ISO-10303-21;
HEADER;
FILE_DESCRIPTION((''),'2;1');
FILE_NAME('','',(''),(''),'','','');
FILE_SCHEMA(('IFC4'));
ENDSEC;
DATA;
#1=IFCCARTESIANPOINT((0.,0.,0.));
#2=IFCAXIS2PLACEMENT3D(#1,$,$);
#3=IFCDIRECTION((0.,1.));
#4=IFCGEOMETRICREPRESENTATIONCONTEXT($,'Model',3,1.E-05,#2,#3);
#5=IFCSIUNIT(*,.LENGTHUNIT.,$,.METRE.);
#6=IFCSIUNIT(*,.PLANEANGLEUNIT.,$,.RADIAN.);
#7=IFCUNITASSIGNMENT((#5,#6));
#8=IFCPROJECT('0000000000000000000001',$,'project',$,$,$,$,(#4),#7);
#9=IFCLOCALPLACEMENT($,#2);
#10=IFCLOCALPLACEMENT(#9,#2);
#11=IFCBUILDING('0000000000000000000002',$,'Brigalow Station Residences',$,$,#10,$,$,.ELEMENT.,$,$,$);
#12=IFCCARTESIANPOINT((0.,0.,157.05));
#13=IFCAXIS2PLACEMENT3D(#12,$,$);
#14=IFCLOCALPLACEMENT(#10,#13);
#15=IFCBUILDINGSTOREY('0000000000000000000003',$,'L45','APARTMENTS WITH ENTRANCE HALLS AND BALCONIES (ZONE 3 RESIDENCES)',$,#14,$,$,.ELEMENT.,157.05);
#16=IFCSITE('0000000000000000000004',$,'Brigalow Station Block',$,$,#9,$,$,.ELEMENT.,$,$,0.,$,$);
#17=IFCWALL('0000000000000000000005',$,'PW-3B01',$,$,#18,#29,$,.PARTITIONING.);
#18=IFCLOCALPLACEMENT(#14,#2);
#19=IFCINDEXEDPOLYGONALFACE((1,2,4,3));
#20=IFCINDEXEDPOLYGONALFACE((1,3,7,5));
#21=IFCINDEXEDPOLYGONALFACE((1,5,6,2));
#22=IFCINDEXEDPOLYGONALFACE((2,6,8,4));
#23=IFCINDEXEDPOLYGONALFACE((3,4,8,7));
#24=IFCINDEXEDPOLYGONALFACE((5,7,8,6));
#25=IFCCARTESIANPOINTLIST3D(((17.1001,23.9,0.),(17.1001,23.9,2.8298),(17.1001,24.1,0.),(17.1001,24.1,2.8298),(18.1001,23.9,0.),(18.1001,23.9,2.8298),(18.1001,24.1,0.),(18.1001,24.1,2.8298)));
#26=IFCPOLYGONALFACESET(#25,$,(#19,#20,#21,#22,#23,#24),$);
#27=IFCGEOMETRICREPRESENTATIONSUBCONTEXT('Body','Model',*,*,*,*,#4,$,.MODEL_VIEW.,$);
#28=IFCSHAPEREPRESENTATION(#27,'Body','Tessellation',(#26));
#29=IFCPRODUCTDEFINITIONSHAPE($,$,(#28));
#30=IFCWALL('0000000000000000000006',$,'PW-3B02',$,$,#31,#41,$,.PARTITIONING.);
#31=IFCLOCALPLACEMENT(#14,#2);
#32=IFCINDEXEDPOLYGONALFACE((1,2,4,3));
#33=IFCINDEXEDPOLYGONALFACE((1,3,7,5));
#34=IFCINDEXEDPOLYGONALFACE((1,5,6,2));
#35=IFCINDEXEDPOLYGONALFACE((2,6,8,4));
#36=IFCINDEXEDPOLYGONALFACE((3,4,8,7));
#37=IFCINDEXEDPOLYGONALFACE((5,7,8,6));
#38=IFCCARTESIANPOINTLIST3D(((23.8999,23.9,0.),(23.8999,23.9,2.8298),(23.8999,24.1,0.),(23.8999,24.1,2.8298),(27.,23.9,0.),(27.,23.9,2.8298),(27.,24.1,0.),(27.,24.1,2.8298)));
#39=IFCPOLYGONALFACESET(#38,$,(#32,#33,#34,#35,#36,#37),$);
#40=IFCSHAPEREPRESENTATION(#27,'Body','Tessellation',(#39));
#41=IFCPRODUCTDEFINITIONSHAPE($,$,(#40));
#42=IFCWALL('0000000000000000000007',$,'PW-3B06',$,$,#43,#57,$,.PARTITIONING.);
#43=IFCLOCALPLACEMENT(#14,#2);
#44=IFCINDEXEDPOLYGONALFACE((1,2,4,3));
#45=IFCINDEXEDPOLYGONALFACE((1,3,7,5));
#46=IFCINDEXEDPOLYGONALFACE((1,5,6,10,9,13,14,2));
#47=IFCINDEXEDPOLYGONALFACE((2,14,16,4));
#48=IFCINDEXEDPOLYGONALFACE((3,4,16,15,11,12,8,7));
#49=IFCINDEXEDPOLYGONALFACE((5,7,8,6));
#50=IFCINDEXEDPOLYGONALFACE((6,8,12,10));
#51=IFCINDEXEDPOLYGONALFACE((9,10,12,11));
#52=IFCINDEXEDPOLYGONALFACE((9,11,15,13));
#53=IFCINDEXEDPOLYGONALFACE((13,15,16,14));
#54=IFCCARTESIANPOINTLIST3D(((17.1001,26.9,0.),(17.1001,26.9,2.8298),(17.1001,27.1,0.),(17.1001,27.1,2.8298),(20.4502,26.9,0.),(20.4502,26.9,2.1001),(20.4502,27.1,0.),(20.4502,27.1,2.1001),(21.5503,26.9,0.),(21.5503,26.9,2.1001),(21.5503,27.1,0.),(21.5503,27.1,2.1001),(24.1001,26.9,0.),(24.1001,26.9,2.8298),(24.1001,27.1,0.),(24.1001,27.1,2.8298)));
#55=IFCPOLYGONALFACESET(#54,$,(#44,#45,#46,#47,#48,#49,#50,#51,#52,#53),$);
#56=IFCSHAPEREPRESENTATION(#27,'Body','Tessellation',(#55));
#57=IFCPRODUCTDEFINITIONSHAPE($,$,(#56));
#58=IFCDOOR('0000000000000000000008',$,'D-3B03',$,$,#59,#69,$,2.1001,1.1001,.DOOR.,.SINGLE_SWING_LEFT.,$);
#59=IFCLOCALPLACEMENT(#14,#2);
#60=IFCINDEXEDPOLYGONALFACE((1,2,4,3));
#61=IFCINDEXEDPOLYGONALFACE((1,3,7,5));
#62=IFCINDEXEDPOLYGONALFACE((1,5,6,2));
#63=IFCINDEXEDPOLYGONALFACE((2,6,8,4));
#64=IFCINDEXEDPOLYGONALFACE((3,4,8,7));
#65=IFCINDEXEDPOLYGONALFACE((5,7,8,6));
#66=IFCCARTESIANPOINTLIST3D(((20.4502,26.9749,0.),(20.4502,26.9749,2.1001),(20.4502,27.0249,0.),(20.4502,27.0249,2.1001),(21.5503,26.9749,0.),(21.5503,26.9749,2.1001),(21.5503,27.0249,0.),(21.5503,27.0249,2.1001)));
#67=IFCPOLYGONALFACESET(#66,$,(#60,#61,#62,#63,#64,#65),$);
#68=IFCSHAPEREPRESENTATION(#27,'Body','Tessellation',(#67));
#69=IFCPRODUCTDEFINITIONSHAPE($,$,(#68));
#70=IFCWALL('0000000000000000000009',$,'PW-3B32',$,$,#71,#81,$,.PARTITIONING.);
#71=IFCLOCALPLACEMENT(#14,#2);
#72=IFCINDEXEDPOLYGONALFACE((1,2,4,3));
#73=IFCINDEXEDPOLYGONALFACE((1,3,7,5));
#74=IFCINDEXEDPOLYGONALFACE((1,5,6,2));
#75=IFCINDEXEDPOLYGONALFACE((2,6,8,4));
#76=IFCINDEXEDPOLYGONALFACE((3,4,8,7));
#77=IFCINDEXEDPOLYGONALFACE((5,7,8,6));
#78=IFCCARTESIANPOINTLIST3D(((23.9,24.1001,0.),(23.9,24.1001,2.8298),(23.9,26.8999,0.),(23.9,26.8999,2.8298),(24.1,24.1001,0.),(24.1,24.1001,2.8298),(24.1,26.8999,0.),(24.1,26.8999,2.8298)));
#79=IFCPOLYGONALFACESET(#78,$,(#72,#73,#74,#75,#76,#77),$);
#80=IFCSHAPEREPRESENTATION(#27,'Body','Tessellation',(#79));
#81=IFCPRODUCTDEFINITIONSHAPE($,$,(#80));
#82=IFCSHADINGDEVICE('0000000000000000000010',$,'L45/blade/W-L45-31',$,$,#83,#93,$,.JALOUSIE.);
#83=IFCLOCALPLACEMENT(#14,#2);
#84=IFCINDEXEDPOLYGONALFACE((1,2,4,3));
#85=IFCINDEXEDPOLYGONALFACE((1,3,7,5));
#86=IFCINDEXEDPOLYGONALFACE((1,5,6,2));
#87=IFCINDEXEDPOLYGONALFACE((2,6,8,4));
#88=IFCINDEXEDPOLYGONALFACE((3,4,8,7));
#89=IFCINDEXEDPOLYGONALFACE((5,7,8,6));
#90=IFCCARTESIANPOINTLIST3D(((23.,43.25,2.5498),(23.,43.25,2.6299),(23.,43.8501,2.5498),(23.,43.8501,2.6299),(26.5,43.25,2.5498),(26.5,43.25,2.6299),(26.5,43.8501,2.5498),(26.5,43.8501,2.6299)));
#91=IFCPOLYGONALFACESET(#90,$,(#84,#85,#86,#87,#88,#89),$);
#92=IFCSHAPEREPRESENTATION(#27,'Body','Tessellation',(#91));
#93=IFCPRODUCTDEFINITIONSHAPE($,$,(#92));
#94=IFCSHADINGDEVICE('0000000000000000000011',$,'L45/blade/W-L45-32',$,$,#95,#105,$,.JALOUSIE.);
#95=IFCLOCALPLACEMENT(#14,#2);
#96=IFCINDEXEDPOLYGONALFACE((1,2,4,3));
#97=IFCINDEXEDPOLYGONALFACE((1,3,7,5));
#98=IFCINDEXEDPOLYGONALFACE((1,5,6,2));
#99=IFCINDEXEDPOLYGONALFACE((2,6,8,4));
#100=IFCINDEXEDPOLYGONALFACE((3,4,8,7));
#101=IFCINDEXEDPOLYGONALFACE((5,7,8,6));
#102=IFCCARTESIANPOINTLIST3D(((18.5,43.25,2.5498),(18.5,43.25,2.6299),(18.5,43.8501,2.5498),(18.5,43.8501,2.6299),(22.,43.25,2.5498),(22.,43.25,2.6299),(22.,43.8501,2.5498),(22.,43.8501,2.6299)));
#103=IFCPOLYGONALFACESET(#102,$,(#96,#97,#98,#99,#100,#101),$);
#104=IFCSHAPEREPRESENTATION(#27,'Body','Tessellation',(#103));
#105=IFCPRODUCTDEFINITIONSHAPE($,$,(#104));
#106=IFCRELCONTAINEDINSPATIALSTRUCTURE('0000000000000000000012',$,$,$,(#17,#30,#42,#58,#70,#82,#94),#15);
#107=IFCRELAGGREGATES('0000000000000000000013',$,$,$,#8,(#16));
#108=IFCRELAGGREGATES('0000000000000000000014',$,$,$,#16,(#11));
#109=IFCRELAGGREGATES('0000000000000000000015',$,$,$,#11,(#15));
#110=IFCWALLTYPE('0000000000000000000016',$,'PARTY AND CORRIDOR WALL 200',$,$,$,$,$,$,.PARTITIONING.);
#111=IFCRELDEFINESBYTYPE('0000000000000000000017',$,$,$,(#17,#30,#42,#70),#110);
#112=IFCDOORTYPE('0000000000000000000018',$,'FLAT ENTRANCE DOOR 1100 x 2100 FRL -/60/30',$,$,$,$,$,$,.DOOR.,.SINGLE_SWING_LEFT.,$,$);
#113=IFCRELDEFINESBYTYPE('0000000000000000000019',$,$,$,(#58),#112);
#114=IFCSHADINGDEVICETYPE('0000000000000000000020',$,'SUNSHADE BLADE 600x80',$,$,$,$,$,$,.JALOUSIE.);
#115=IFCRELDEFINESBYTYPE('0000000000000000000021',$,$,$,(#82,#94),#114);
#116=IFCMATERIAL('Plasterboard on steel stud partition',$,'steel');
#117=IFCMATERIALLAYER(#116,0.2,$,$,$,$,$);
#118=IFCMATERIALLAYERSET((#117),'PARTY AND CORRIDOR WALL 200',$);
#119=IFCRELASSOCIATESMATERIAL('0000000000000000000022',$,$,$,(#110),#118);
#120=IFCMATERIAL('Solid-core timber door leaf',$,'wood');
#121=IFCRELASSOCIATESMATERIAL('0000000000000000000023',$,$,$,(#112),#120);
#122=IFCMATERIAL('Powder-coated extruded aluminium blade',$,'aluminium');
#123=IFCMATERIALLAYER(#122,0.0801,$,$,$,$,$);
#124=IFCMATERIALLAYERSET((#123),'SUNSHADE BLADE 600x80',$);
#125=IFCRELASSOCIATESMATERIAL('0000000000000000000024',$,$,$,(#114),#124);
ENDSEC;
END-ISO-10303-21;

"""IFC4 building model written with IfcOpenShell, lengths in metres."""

from ifc_helpers import new_model, si_unit, direction, frame, frame_2d, origin, origin_2d, place, context, subcontext, project, spatial, rectangle, extrude, material, layer, layer_set, type_object, element, fill, save


model = new_model("IFC4")

# Units and contexts
model_context = context("Model", 3, precision=1e-05, world=origin(), true_north=direction((0.0, 1.0)))
body_context = subcontext(model_context, "Body", "Model", "MODEL_VIEW")
ifc_project = project(units=[si_unit("LENGTHUNIT", "METRE"), si_unit("PLANEANGLEUNIT", "RADIAN")], contexts=[model_context])

# Site, building, storey
site_placement = place(None, origin())
site = spatial("IfcSite", under=ifc_project, at=site_placement, Name="Brigalow Station Block", CompositionType="ELEMENT", RefElevation=0.0)
building_placement = place(site_placement, origin())
building = spatial("IfcBuilding", under=site, at=building_placement, Name="Brigalow Station Residences", CompositionType="ELEMENT")
storey_placement = place(building_placement, frame((0.0, 0.0, 157.05)))
storey = spatial("IfcBuildingStorey", under=building, at=storey_placement, Name="L45", Description="APARTMENTS WITH ENTRANCE HALLS AND BALCONIES (ZONE 3 RESIDENCES)", CompositionType="ELEMENT", Elevation=157.05)

# Walls
ifc_material_1 = material(Name="Plasterboard on steel stud partition", Category="steel")
ifc_layer_1 = layer(ifc_material_1, 0.2)
ifc_layer_set_1 = layer_set([ifc_layer_1], Name="PARTY AND CORRIDOR WALL 200")
wall_type_1 = type_object("IfcWallType", Name="PARTY AND CORRIDOR WALL 200", PredefinedType="PARTITIONING", material=ifc_layer_set_1)
wall_1_placement = place(storey_placement, frame((17.1001, 24.0, 0.0), z_axis=(0.0, 0.0, 1.0), x_axis=(1.0, 0.0, 0.0)))
element("IfcWall", 1, at=wall_1_placement, inside=storey, type_object=wall_type_1, Name="PW-3B01", PredefinedType="PARTITIONING", context=body_context, shape_type="SweptSolid", body=[
    extrude(rectangle(XDim=1.0, YDim=0.2, at=frame_2d((0.5, 0.0))), origin(), (0.0, 0.0, 1.0), 2.8298),
])
wall_2_placement = place(storey_placement, frame((23.8999, 24.0, 0.0), z_axis=(0.0, 0.0, 1.0), x_axis=(1.0, 0.0, 0.0)))
element("IfcWall", 2, at=wall_2_placement, inside=storey, type_object=wall_type_1, Name="PW-3B02", PredefinedType="PARTITIONING", context=body_context, shape_type="SweptSolid", body=[
    extrude(rectangle(XDim=3.1001, YDim=0.2, at=frame_2d((1.55, 0.0))), origin(), (0.0, 0.0, 1.0), 2.8298),
])

# Wall, opening, door
wall_3_placement = place(storey_placement, frame((17.1001, 27.0, 0.0), z_axis=(0.0, 0.0, 1.0), x_axis=(1.0, 0.0, 0.0)))
wall_3 = element("IfcWall", 3, at=wall_3_placement, inside=storey, type_object=wall_type_1, Name="PW-3B06", PredefinedType="PARTITIONING", context=body_context, shape_type="SweptSolid", body=[
    extrude(rectangle(XDim=7.0, YDim=0.2, at=frame_2d((3.5, 0.0))), origin(), (0.0, 0.0, 1.0), 2.8298),
])
opening_1_placement = place(wall_3_placement, frame((3.3501, 0.0, 0.0)))
opening_1 = element("IfcOpeningElement", 4, at=opening_1_placement, cuts=wall_3, PredefinedType="OPENING", context=body_context, shape_type="SweptSolid", body=[
    extrude(rectangle(XDim=1.1001, YDim=2.1001, at=frame_2d((0.55, 1.05))), frame((0.0, 0.1099, 0.0), z_axis=(0.0, -1.0, 0.0), x_axis=(1.0, 0.0, 0.0)), (0.0, 0.0, 1.0), 0.22),
])
ifc_material_2 = material(Name="Solid-core timber door leaf", Category="wood")
door_type_1 = type_object("IfcDoorType", Name="FLAT ENTRANCE DOOR 1100 x 2100 FRL -/60/30", OperationType="SINGLE_SWING_LEFT", PredefinedType="DOOR", material=ifc_material_2)
door_1_placement = place(opening_1_placement, origin())
door_1 = element("IfcDoor", 5, at=door_1_placement, inside=storey, type_object=door_type_1, Name="D-3B03", OperationType="SINGLE_SWING_LEFT", OverallHeight=2.1001, OverallWidth=1.1001, PredefinedType="DOOR", context=body_context, shape_type="SweptSolid", body=[
    extrude(rectangle(XDim=1.1001, YDim=2.1001, at=frame_2d((0.55, 1.05))), frame((0.0, 0.0249, 0.0), z_axis=(0.0, -1.0, 0.0), x_axis=(1.0, 0.0, 0.0)), (0.0, 0.0, 1.0), 0.05),
])
fill(opening_1, door_1)

# Wall
wall_4_placement = place(storey_placement, frame((24.0, 24.1001, 0.0), z_axis=(0.0, 0.0, 1.0), x_axis=(0.0, 1.0, 0.0)))
element("IfcWall", 6, at=wall_4_placement, inside=storey, type_object=wall_type_1, Name="PW-3B32", PredefinedType="PARTITIONING", context=body_context, shape_type="SweptSolid", body=[
    extrude(rectangle(XDim=2.7998, YDim=0.2, at=frame_2d((1.3999, 0.0))), origin(), (0.0, 0.0, 1.0), 2.8298),
])

# Shading devices
ifc_material_3 = material(Name="Powder-coated extruded aluminium blade", Category="aluminium")
ifc_layer_2 = layer(ifc_material_3, 0.0801)
ifc_layer_set_2 = layer_set([ifc_layer_2], Name="SUNSHADE BLADE 600x80")
shading_device_type = type_object("IfcShadingDeviceType", Name="SUNSHADE BLADE 600x80", PredefinedType="JALOUSIE", material=ifc_layer_set_2)
for number, where, z_axis, x_axis, name in (
    (7, (24.75, 43.55, 2.5498), (0.0, 0.0, 1.0), (-1.0, 0.0, 0.0), "L45/blade/W-L45-31"),
    (8, (20.25, 43.55, 2.5498), (0.0, 0.0, 1.0), (-1.0, 0.0, 0.0), "L45/blade/W-L45-32"),
):
    element("IfcShadingDevice", number, at=place(storey_placement, frame(where, z_axis=z_axis, x_axis=x_axis)), inside=storey, type_object=shading_device_type, Name=name, PredefinedType="JALOUSIE", context=body_context, shape_type="SweptSolid", body=[
        extrude(rectangle(XDim=3.5, YDim=0.6001, at=origin_2d()), origin(), (0.0, 0.0, 1.0), 0.0801),
    ])

save(model, "model.ifc")
